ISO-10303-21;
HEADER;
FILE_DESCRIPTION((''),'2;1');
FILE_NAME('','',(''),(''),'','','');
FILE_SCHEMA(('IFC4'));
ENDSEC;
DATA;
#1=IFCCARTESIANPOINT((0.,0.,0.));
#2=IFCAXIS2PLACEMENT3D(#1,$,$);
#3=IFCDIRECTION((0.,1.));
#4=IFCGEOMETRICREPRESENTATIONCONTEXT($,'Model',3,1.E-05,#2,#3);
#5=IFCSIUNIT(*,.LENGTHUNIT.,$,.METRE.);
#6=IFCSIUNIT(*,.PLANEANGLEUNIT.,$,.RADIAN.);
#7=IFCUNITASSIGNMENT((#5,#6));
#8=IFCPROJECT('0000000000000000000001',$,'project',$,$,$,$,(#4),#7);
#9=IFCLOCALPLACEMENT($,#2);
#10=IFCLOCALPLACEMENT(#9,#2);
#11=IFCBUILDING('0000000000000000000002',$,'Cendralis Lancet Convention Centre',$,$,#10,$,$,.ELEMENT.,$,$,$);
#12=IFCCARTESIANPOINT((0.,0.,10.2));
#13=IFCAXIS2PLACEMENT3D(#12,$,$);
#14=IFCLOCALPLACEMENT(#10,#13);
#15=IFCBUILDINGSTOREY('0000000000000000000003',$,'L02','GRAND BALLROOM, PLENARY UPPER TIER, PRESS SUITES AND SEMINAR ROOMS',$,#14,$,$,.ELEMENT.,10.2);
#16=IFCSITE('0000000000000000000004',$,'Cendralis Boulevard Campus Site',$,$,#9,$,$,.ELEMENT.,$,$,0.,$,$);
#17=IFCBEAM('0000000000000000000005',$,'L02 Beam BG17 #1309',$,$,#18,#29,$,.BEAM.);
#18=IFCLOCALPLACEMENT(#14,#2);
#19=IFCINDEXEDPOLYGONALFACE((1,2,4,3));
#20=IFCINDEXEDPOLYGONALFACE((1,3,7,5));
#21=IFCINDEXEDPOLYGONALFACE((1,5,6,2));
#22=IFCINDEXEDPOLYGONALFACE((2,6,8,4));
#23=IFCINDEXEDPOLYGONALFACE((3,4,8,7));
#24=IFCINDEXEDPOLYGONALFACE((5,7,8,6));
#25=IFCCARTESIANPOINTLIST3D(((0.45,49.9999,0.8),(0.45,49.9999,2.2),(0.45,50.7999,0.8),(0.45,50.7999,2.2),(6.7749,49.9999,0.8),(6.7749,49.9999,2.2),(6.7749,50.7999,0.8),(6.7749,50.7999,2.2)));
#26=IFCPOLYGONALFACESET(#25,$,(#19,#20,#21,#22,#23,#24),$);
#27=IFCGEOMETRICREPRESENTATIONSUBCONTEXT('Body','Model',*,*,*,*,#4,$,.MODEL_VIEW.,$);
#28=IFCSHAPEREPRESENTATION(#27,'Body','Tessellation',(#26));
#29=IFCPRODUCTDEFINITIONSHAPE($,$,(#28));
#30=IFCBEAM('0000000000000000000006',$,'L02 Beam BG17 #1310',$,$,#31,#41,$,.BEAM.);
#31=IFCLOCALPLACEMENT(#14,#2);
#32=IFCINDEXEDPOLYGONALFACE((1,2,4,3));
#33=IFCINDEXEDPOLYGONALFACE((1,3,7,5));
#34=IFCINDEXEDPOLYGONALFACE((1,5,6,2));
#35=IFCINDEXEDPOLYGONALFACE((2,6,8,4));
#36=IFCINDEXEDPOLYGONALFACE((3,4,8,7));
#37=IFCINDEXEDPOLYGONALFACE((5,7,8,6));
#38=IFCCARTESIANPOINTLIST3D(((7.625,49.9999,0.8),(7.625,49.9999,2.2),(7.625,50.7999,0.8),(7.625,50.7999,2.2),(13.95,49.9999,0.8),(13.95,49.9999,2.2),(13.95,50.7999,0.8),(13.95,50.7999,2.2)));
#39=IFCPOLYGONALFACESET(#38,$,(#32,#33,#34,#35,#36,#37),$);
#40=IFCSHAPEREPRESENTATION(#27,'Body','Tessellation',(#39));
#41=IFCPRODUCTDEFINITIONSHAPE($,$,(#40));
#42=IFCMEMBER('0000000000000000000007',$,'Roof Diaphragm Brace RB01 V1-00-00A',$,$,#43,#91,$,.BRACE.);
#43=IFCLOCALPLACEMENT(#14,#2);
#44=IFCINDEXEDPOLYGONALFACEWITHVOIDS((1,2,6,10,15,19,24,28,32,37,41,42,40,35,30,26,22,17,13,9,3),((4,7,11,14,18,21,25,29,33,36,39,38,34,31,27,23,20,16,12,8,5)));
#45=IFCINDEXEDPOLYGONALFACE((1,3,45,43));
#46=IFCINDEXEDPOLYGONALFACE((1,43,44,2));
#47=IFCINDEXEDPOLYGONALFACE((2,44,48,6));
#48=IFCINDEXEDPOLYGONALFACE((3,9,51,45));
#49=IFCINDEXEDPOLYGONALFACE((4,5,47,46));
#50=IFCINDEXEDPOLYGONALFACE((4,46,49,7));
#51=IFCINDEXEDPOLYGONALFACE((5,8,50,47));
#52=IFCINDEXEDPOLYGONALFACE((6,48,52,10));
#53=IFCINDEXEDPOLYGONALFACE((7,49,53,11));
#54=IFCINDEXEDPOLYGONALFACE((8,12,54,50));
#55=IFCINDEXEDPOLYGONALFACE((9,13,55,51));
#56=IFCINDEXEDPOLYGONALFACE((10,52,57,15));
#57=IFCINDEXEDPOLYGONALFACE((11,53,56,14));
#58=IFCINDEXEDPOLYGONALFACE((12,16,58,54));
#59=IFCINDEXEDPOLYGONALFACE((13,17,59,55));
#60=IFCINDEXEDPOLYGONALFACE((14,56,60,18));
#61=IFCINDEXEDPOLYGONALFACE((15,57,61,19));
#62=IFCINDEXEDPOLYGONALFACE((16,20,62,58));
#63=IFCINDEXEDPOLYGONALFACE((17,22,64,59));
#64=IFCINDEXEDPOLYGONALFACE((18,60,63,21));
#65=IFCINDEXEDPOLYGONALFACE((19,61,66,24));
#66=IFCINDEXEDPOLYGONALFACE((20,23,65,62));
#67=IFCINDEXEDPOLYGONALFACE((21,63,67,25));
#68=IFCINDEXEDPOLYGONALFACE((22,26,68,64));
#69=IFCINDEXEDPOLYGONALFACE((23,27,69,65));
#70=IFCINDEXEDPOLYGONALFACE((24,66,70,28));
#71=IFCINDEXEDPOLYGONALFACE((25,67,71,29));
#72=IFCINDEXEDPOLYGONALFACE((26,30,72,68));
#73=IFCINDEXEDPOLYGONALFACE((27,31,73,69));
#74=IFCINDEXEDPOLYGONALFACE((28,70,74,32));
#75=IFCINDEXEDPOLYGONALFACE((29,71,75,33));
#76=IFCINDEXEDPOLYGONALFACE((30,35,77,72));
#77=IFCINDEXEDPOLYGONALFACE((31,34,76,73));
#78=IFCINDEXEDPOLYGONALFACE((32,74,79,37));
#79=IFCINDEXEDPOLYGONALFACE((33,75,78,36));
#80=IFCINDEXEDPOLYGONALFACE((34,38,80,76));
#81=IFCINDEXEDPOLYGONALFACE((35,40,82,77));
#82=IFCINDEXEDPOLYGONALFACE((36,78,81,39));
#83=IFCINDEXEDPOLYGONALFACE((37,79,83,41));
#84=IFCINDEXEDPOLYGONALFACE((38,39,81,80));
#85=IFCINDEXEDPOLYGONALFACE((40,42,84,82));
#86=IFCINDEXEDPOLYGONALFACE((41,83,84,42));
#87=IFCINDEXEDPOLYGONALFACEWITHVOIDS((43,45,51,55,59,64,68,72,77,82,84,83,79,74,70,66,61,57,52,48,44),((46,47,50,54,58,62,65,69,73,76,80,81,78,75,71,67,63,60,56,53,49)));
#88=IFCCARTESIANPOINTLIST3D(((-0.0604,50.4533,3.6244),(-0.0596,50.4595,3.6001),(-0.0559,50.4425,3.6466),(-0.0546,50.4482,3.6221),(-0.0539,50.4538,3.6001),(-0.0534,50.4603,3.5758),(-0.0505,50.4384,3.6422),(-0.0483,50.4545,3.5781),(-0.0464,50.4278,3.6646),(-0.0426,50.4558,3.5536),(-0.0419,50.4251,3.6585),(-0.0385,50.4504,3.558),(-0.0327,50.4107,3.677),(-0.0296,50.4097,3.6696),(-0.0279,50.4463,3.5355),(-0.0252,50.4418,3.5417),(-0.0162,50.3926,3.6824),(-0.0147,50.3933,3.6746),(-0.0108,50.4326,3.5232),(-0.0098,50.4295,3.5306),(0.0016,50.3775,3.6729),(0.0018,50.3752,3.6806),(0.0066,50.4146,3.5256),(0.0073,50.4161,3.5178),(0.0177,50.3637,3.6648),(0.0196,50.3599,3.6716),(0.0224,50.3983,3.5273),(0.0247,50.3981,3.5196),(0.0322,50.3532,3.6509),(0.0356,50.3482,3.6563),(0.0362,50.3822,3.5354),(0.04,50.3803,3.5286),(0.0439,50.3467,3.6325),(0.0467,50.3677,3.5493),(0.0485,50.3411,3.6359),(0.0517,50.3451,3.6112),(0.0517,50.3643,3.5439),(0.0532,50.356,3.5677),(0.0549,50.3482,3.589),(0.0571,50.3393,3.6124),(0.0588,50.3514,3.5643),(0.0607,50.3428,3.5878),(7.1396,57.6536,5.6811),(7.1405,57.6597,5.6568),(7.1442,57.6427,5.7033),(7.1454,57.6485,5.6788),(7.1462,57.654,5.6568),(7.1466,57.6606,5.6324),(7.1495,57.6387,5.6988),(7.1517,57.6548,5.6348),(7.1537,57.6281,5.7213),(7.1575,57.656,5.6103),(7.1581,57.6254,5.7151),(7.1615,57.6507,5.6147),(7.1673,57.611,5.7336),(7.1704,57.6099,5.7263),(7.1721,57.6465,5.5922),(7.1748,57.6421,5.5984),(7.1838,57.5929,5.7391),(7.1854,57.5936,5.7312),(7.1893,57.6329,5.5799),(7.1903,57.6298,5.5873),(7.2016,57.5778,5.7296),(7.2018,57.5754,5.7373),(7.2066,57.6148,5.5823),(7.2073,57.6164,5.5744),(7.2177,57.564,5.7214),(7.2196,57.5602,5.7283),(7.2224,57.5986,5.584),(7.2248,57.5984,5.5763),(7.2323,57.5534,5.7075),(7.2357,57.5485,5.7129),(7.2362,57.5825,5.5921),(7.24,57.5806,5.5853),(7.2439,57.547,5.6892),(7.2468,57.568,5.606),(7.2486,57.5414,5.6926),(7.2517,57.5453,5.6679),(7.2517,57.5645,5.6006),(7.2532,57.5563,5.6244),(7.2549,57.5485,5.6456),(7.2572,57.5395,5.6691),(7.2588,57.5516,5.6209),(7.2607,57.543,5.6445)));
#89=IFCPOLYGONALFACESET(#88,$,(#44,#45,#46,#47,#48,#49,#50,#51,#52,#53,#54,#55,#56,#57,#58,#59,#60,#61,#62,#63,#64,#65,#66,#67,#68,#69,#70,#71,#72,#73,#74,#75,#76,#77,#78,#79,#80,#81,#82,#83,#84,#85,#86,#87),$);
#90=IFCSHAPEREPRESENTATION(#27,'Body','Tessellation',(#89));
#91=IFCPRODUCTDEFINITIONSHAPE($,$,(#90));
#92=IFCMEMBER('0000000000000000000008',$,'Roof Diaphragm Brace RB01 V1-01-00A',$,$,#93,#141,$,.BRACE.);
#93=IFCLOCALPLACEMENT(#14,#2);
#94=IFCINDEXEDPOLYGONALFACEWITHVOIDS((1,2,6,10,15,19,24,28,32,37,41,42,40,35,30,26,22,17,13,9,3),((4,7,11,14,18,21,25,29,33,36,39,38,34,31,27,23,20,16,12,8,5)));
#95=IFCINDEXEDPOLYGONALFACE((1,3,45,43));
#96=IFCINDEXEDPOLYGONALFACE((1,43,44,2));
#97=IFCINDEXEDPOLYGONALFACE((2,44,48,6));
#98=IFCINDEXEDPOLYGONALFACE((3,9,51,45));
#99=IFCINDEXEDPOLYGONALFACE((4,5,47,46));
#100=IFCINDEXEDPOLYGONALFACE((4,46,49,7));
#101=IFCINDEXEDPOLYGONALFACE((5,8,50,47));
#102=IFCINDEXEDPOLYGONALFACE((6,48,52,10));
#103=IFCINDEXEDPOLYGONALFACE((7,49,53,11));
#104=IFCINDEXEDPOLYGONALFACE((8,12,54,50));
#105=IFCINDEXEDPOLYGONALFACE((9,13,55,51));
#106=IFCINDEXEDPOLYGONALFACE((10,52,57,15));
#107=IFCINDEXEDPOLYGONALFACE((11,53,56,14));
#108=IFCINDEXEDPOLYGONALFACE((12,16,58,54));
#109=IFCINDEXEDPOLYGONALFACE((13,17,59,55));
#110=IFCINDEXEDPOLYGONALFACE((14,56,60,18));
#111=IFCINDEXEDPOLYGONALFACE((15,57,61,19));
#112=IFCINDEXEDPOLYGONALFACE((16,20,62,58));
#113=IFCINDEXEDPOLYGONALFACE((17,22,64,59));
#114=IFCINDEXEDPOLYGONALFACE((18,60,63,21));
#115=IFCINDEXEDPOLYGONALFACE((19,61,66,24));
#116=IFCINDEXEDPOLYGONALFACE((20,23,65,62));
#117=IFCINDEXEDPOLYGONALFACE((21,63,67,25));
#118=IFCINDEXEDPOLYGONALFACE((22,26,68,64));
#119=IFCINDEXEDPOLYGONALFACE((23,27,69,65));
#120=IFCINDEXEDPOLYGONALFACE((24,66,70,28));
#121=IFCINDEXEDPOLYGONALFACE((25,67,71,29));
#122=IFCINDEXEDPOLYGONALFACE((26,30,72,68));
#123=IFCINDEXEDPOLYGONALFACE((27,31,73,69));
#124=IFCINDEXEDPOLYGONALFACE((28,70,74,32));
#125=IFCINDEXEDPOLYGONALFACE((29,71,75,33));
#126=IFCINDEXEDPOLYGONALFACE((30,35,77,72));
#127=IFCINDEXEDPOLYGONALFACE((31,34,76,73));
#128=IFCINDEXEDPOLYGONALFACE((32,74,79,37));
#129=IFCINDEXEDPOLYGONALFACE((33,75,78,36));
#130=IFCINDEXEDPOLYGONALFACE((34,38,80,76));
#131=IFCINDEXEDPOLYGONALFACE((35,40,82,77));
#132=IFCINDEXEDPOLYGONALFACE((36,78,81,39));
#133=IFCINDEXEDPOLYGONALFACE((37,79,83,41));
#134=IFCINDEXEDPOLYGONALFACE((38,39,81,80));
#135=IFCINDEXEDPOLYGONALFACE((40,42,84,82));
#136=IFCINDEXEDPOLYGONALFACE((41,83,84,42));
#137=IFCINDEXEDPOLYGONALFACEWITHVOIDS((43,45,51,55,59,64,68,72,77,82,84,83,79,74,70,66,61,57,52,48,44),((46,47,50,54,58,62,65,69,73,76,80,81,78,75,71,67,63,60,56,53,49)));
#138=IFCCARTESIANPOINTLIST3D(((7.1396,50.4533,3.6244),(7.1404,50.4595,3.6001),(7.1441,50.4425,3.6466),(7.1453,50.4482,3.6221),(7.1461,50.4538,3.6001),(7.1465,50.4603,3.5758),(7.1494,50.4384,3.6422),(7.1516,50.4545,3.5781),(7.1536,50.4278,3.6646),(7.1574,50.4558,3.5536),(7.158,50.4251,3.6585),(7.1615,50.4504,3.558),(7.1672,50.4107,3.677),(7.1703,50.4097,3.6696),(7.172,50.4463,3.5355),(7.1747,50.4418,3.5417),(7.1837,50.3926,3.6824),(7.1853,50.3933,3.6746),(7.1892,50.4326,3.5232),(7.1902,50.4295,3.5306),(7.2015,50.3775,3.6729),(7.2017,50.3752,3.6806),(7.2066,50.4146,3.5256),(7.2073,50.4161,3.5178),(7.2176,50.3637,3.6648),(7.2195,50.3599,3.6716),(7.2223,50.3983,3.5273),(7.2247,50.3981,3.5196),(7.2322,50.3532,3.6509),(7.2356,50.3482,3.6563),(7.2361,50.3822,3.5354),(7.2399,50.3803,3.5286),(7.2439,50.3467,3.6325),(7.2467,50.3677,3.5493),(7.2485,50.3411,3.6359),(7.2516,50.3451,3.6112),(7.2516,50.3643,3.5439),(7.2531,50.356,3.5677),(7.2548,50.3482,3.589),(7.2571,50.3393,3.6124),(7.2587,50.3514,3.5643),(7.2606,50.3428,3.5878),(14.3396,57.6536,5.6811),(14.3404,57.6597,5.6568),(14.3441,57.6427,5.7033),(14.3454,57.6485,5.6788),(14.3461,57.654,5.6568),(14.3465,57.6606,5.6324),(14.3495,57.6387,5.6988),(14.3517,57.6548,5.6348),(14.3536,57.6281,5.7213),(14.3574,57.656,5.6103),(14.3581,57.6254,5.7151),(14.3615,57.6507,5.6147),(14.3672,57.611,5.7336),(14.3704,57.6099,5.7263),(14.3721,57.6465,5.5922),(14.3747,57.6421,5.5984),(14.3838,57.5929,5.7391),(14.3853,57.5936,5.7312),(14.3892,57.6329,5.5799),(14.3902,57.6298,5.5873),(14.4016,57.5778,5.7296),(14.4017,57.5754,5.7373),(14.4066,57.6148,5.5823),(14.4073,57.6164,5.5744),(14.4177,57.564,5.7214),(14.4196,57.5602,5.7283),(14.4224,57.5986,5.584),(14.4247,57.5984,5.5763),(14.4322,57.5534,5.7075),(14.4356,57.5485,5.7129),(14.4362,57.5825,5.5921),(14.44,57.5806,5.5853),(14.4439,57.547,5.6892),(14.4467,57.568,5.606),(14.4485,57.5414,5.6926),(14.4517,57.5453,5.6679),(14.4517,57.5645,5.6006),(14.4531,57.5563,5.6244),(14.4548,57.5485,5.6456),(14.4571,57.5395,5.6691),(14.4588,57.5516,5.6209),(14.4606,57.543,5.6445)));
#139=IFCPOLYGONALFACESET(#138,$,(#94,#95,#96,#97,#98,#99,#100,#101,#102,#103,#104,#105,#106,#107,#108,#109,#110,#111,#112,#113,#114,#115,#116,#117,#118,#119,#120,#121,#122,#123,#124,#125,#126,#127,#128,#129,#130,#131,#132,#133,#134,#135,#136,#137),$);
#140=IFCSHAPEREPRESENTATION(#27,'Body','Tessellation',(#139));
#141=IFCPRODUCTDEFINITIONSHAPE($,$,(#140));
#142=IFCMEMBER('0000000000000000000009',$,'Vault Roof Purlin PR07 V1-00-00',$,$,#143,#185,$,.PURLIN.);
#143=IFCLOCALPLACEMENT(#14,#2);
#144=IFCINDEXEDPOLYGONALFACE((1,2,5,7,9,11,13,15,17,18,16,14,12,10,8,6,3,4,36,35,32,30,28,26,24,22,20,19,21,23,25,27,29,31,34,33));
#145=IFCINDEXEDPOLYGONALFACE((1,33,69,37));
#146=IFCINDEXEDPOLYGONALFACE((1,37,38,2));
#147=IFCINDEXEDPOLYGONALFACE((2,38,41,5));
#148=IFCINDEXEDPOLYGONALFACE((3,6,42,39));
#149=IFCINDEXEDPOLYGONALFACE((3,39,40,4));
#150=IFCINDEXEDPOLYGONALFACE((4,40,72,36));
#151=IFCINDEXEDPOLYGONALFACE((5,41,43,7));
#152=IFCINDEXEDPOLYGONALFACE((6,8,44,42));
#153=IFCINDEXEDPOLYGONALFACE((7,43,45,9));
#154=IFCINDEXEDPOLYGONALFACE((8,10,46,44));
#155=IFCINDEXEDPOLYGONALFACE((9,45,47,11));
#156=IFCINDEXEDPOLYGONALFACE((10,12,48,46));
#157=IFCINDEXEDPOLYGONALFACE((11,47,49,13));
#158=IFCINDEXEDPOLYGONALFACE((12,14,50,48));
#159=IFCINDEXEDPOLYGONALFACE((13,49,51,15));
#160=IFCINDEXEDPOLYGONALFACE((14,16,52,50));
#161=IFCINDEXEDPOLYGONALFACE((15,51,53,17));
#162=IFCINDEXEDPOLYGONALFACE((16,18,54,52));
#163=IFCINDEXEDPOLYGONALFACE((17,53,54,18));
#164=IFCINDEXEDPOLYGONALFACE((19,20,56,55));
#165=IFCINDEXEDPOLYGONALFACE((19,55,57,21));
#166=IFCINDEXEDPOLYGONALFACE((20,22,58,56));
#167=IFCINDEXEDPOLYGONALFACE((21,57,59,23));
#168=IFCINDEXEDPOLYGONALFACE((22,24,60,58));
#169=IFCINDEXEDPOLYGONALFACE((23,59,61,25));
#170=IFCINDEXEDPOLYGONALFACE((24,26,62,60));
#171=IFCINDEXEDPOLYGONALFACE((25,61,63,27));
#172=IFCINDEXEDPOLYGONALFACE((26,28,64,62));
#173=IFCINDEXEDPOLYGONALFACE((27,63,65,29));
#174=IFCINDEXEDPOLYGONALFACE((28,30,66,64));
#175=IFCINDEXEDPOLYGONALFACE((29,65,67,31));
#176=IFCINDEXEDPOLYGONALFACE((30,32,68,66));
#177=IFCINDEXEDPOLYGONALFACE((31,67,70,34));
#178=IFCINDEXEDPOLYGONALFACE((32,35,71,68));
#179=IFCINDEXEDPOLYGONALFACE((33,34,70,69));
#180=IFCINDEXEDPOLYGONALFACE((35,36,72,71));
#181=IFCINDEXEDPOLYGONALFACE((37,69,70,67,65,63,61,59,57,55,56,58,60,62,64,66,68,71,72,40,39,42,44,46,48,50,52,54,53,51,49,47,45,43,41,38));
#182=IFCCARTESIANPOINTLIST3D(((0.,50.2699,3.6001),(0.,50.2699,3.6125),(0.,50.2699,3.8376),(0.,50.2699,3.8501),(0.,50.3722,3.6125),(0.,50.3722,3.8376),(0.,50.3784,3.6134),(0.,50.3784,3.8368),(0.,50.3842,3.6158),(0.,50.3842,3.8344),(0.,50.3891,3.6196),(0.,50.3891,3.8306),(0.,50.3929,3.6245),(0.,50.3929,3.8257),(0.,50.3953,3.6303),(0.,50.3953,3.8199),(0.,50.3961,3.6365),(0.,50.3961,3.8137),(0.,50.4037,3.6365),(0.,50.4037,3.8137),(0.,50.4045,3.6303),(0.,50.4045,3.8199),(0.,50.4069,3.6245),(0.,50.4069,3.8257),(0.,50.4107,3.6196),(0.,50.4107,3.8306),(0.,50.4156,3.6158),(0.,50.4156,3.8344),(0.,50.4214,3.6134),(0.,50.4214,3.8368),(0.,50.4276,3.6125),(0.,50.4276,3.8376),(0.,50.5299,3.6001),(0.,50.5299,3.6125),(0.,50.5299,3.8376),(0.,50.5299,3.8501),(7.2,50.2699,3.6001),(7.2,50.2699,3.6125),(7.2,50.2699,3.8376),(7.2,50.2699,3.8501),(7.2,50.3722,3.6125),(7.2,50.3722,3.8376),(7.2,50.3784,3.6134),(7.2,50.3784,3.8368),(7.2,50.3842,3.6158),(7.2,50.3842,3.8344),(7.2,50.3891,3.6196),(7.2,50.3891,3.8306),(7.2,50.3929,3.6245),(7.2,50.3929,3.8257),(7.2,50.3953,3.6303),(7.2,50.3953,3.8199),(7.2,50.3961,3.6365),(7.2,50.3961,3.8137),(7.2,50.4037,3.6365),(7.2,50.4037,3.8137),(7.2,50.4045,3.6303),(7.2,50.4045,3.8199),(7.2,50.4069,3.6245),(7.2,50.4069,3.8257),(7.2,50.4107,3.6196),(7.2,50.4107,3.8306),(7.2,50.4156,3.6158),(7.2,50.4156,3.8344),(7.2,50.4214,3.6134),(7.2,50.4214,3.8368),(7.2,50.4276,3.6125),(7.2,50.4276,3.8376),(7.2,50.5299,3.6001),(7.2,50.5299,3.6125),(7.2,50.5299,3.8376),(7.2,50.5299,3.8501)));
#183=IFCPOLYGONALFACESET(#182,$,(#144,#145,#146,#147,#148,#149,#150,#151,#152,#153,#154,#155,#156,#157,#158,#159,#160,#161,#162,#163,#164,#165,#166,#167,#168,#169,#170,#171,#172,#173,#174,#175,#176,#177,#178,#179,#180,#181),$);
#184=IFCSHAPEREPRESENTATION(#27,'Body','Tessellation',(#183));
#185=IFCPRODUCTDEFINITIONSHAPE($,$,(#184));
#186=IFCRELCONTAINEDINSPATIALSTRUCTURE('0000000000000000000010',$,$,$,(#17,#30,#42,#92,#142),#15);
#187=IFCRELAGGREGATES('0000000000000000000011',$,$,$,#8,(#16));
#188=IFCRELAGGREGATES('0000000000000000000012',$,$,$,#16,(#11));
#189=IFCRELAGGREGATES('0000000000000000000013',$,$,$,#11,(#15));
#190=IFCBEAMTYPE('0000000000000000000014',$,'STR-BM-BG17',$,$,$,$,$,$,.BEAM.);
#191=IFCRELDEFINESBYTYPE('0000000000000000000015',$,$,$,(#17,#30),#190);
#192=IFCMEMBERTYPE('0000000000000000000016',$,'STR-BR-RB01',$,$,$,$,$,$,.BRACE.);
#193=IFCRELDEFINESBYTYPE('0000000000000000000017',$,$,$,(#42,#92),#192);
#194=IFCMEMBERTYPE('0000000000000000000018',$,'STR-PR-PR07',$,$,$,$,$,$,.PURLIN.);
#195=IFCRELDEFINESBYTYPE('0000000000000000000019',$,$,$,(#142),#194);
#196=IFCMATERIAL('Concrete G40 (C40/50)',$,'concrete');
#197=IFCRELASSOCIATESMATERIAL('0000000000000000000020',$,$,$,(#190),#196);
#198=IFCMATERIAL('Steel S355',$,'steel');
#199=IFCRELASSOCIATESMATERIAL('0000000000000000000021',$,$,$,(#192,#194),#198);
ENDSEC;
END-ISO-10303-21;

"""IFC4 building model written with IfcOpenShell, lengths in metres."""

from ifc_helpers import new_model, si_unit, direction, frame, origin, origin_2d, place, context, subcontext, project, spatial, rectangle, hollow_circle, i_section, extrude, material, material_profile, profile_set, type_object, element, save


model = new_model("IFC4")

# Units and contexts
model_context = context("Model", 3, precision=1e-05, world=origin(), true_north=direction((0.0, 1.0)))
body_context = subcontext(model_context, "Body", "Model", "MODEL_VIEW")
ifc_project = project(units=[si_unit("LENGTHUNIT", "METRE"), si_unit("PLANEANGLEUNIT", "RADIAN")], contexts=[model_context])

# Site, building, storey
site_placement = place(None, origin())
site = spatial("IfcSite", under=ifc_project, at=site_placement, Name="Cendralis Boulevard Campus Site", CompositionType="ELEMENT", RefElevation=0.0)
building_placement = place(site_placement, origin())
building = spatial("IfcBuilding", under=site, at=building_placement, Name="Cendralis Lancet Convention Centre", CompositionType="ELEMENT")
storey_placement = place(building_placement, frame((0.0, 0.0, 10.2)))
storey = spatial("IfcBuildingStorey", under=building, at=storey_placement, Name="L02", Description="GRAND BALLROOM, PLENARY UPPER TIER, PRESS SUITES AND SEMINAR ROOMS", CompositionType="ELEMENT", Elevation=10.2)

# Beams
ifc_material_1 = material(Name="Concrete G40 (C40/50)", Category="concrete")
ifc_material_profile_1 = material_profile(ifc_material_1, rectangle(XDim=0.8, YDim=1.3999, at=origin_2d()), Name="RCB 800x1400")
ifc_profile_set_1 = profile_set([ifc_material_profile_1], Name="Concrete G40 (C40/50)")
beam_type = type_object("IfcBeamType", Name="STR-BM-BG17", PredefinedType="BEAM", material=ifc_profile_set_1)
for number, where, z_axis, x_axis, name in (
    (1, (0.45, 50.3999, 1.5), (1.0, 0.0, 0.0), (0.0, 1.0, 0.0), "L02 Beam BG17 #1309"),
    (2, (7.625, 50.3999, 1.5), (1.0, 0.0, 0.0), (0.0, 1.0, 0.0), "L02 Beam BG17 #1310"),
):
    element("IfcBeam", number, at=place(storey_placement, frame(where, z_axis=z_axis, x_axis=x_axis)), inside=storey, type_object=beam_type, Name=name, PredefinedType="BEAM", context=body_context, shape_type="SweptSolid", body=[
        extrude(rectangle(XDim=0.8, YDim=1.3999, at=origin_2d()), origin(), (0.0, 0.0, 1.0), 6.325),
    ])

# Members
ifc_material_2 = material(Name="Steel S355", Category="steel")
ifc_material_profile_2 = material_profile(ifc_material_2, hollow_circle(Radius=0.0842, WallThickness=0.0081, at=origin_2d()), Name="CHS 168.3x8.0")
ifc_profile_set_2 = profile_set([ifc_material_profile_2], Name="Steel S355")
member_type_1 = type_object("IfcMemberType", Name="STR-BR-RB01", PredefinedType="BRACE", material=ifc_profile_set_2)
for number, where, z_axis, x_axis, name in (
    (3, (0.0, 50.3999, 3.6001), (0.693098, 0.693122, 0.197981), (-0.707119, 0.707095, 0.0), "Roof Diaphragm Brace RB01 V1-00-00A"),
    (4, (7.2, 50.3999, 3.6001), (0.693098, 0.693122, 0.197981), (-0.707119, 0.707095, 0.0), "Roof Diaphragm Brace RB01 V1-01-00A"),
):
    element("IfcMember", number, at=place(storey_placement, frame(where, z_axis=z_axis, x_axis=x_axis)), inside=storey, type_object=member_type_1, Name=name, PredefinedType="BRACE", context=body_context, shape_type="SweptSolid", body=[
        extrude(hollow_circle(Radius=0.0842, WallThickness=0.0081, at=origin_2d()), origin(), (0.0, 0.0, 1.0), 10.3882),
    ])
ifc_material_profile_3 = material_profile(ifc_material_2, i_section(OverallWidth=0.26, OverallDepth=0.25, WebThickness=0.0076, FlangeThickness=0.0125, FilletRadius=0.0239, at=origin_2d()), Name="HEA 260")
ifc_profile_set_3 = profile_set([ifc_material_profile_3], Name="Steel S355")
member_type_2 = type_object("IfcMemberType", Name="STR-PR-PR07", PredefinedType="PURLIN", material=ifc_profile_set_3)
for number, where, z_axis, x_axis, name in (
    (5, (0.0, 50.3999, 3.7251), (1.0, 0.0, 0.0), (0.0, 1.0, 0.0), "Vault Roof Purlin PR07 V1-00-00"),
):
    element("IfcMember", number, at=place(storey_placement, frame(where, z_axis=z_axis, x_axis=x_axis)), inside=storey, type_object=member_type_2, Name=name, PredefinedType="PURLIN", context=body_context, shape_type="SweptSolid", body=[
        extrude(i_section(OverallWidth=0.26, OverallDepth=0.25, WebThickness=0.0076, FlangeThickness=0.0125, FilletRadius=0.0239, at=origin_2d()), origin(), (0.0, 0.0, 1.0), 7.2),
    ])

save(model, "model.ifc")
